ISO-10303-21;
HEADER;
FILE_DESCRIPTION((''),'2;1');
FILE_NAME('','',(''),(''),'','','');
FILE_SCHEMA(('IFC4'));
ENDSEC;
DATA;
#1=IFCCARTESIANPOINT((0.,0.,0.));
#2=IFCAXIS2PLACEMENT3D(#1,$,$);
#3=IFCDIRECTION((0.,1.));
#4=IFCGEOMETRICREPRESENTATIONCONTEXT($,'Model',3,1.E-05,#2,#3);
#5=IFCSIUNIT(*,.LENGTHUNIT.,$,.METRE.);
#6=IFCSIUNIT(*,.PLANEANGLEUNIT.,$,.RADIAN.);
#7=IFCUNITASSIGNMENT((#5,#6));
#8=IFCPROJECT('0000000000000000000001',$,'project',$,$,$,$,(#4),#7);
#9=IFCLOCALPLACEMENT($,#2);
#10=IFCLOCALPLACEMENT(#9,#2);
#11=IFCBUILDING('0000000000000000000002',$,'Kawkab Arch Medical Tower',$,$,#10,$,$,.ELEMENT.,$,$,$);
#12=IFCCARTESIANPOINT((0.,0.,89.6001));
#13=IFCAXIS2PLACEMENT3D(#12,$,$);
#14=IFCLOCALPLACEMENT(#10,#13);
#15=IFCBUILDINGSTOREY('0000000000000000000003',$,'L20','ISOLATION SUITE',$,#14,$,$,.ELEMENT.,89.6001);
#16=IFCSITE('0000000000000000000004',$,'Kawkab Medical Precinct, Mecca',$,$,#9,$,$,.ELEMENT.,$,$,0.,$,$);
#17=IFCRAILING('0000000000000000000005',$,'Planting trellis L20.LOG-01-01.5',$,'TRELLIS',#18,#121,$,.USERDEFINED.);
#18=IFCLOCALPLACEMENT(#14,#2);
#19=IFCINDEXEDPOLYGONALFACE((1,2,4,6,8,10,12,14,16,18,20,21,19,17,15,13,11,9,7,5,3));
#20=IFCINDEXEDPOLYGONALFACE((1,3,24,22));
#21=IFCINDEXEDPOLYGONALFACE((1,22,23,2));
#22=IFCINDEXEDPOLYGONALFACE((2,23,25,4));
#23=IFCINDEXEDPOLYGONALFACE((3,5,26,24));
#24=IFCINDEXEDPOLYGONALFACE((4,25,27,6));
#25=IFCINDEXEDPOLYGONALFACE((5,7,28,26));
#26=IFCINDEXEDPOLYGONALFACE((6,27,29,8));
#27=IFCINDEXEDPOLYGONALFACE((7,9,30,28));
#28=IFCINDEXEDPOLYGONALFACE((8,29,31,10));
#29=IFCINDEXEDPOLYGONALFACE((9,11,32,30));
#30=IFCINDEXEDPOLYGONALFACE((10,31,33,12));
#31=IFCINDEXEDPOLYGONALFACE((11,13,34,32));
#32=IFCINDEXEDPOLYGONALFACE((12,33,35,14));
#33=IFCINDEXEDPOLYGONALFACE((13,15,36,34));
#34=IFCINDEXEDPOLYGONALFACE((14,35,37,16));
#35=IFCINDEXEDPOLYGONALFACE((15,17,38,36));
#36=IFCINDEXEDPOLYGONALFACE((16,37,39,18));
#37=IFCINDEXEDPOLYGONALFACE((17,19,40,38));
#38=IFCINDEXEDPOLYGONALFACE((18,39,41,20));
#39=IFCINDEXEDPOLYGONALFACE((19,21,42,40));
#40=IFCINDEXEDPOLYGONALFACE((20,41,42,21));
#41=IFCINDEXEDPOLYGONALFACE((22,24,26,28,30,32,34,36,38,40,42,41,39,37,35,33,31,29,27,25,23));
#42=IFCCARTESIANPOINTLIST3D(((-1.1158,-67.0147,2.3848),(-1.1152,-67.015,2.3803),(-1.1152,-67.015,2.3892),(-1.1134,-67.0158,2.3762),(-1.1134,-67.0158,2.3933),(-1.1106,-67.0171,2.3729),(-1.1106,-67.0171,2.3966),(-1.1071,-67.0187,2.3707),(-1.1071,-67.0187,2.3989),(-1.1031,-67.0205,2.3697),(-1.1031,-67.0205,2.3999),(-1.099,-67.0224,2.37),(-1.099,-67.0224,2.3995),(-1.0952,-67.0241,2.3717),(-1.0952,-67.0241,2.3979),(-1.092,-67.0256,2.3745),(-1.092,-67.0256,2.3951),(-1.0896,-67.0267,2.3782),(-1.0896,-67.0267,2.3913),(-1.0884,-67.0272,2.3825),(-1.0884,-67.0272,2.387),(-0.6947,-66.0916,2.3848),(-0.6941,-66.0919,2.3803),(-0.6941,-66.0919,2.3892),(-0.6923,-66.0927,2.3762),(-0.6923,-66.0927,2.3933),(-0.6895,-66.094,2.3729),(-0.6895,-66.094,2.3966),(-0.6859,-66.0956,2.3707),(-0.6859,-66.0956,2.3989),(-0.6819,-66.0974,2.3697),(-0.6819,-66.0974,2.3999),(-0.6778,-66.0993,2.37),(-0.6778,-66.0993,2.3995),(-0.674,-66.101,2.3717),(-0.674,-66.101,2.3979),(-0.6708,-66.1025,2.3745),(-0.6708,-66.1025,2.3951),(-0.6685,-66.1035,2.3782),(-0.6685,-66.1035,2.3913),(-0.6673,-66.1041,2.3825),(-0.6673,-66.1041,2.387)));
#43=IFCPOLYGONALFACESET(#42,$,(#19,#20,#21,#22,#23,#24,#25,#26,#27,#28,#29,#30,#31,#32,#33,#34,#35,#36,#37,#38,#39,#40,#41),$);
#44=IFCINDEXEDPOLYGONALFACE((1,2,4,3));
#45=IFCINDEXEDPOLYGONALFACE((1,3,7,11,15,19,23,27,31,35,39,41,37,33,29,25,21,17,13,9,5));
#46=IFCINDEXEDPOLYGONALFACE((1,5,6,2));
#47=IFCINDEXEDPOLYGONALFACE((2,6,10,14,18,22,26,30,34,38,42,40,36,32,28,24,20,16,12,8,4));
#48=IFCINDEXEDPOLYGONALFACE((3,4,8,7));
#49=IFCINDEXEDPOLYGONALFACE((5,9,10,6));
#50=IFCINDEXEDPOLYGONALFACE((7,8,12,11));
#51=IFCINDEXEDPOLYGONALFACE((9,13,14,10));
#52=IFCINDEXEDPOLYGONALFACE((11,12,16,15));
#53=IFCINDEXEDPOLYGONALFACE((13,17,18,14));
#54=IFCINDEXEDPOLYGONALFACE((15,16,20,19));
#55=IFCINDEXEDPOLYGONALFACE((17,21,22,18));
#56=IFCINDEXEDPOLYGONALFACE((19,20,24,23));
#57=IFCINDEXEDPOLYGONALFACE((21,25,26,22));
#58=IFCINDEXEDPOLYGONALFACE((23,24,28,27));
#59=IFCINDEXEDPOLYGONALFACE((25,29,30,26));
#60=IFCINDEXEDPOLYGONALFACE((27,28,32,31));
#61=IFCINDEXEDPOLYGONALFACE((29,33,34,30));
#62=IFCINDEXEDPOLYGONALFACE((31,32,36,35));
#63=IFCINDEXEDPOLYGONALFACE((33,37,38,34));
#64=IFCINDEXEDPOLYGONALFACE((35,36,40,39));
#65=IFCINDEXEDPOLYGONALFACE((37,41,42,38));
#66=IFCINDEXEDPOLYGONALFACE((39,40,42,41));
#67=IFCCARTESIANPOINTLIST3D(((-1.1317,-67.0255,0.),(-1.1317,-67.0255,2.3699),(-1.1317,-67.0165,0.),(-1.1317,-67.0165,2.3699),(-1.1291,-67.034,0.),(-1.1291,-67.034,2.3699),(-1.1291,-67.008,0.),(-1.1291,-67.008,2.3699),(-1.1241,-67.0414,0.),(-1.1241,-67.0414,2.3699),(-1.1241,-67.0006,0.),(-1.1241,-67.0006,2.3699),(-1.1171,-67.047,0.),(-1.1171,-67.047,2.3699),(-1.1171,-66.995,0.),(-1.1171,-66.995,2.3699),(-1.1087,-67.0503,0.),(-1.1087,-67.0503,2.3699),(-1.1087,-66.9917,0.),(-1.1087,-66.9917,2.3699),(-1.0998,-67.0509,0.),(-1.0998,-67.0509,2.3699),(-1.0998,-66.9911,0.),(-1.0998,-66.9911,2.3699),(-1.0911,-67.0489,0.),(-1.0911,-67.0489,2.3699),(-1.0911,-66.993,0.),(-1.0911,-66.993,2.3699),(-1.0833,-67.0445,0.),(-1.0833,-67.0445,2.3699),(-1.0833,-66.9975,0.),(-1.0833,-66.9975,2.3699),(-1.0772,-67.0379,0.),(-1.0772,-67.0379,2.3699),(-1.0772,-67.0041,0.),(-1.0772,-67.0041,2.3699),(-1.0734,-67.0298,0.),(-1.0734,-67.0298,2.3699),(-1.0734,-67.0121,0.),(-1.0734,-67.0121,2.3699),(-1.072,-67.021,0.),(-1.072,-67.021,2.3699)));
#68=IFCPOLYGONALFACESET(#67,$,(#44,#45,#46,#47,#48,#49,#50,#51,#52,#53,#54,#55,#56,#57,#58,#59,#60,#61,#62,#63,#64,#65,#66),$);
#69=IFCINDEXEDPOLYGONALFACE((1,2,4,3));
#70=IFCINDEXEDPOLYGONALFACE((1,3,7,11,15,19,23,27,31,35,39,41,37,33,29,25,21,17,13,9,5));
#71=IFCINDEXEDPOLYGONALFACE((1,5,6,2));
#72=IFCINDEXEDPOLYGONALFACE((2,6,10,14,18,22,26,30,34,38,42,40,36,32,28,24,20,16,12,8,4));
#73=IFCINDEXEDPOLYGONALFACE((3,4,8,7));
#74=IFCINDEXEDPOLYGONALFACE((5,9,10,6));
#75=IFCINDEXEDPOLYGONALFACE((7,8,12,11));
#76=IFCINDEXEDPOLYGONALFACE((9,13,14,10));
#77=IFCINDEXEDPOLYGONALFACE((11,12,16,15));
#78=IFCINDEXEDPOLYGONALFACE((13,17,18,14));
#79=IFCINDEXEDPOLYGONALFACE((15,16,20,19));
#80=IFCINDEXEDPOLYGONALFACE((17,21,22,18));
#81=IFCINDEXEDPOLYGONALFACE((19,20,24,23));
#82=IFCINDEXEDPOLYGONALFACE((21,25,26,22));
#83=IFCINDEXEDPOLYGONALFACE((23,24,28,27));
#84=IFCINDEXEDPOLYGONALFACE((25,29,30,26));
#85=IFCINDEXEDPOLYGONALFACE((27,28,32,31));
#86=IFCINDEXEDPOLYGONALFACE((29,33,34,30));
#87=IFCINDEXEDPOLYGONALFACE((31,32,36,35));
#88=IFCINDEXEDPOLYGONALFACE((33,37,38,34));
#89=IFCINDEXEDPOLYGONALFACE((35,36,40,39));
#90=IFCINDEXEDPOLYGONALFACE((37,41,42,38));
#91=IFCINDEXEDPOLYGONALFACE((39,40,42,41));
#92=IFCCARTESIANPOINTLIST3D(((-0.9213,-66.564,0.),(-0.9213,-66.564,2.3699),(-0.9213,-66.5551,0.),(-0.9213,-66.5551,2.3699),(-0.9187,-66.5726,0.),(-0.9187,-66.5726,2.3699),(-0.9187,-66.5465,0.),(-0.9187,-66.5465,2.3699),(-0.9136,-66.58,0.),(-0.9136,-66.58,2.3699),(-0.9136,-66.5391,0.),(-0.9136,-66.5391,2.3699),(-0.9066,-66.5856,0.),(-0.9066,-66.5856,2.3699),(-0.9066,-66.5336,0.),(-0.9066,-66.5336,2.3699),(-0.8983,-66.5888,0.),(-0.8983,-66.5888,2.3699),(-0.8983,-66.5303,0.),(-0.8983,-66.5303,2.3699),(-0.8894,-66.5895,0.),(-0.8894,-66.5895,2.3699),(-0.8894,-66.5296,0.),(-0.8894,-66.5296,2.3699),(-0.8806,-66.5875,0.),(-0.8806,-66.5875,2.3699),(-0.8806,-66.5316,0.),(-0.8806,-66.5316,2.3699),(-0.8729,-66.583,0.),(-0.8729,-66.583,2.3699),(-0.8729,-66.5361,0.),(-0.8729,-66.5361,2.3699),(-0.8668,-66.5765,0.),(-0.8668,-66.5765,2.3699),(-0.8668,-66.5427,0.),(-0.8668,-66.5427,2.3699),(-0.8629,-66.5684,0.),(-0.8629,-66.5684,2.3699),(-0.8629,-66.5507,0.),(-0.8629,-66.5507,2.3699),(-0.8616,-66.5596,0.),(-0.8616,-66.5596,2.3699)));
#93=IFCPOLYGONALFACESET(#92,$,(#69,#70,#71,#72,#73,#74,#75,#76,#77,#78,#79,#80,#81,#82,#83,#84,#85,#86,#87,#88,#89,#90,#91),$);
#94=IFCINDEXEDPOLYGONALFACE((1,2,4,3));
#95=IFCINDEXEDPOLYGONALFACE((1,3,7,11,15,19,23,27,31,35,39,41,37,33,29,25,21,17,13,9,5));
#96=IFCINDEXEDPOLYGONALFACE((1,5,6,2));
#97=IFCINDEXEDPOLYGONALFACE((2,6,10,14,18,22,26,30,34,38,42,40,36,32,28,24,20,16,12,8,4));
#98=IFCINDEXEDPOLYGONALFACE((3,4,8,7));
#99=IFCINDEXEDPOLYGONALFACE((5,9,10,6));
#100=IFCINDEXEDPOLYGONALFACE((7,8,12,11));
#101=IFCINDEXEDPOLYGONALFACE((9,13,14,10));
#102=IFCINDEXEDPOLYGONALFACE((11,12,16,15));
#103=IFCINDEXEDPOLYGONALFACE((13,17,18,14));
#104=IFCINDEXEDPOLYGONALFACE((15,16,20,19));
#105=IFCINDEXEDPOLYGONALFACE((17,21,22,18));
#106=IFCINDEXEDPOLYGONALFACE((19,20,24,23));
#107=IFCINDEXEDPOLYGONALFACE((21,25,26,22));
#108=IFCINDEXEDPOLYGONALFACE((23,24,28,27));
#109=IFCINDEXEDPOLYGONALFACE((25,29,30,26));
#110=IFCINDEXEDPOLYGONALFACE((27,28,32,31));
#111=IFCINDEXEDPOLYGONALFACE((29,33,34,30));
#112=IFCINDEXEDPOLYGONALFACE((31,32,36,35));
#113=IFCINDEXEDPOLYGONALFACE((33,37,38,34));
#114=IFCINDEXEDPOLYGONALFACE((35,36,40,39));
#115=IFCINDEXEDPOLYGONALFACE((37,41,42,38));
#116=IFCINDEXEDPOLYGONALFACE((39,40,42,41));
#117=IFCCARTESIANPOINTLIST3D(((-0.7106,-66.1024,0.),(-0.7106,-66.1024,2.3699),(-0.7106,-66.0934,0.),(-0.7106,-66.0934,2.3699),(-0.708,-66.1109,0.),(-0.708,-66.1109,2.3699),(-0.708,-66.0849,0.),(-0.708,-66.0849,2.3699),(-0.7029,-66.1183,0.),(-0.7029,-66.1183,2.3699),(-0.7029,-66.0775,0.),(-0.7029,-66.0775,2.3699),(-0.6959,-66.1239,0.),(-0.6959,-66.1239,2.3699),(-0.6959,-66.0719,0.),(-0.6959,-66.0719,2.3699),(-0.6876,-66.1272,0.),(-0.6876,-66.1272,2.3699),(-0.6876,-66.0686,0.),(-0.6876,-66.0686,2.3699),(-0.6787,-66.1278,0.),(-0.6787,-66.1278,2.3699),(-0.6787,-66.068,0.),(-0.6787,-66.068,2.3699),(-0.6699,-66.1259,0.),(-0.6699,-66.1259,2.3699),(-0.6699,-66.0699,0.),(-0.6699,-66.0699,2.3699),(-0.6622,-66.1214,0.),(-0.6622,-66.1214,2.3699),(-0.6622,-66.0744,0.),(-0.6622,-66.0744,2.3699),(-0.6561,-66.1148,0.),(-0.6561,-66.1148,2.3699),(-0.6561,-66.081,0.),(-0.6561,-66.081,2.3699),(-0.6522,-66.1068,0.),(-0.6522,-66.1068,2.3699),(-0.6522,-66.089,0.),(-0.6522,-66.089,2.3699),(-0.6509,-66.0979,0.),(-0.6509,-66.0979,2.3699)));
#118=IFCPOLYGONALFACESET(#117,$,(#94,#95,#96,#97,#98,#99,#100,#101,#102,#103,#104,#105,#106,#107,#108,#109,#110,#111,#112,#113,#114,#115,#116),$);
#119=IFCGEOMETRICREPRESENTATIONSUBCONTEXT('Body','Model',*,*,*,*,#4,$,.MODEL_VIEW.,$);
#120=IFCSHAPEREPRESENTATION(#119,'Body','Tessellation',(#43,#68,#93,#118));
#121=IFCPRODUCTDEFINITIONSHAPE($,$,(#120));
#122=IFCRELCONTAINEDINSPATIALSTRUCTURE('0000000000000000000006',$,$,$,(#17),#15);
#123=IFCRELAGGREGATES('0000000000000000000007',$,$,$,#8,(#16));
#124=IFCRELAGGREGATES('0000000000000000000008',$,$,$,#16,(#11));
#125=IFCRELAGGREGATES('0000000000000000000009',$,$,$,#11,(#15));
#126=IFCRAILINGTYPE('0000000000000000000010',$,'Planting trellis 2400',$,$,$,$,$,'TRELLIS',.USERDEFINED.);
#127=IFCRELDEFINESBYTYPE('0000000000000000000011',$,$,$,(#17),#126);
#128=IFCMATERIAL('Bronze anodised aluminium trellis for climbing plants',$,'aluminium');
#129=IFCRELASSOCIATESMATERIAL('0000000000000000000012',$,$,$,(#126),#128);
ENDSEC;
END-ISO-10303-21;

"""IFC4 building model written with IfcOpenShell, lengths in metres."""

from ifc_helpers import new_model, si_unit, direction, frame, origin, origin_2d, place, context, subcontext, project, spatial, circle, extrude, material, type_object, element, save


model = new_model("IFC4")

# Units and contexts
model_context = context("Model", 3, precision=1e-05, world=origin(), true_north=direction((0.0, 1.0)))
body_context = subcontext(model_context, "Body", "Model", "MODEL_VIEW")
ifc_project = project(units=[si_unit("LENGTHUNIT", "METRE"), si_unit("PLANEANGLEUNIT", "RADIAN")], contexts=[model_context])

# Site, building, storey
site_placement = place(None, origin())
site = spatial("IfcSite", under=ifc_project, at=site_placement, Name="Kawkab Medical Precinct, Mecca", CompositionType="ELEMENT", RefElevation=0.0)
building_placement = place(site_placement, origin())
building = spatial("IfcBuilding", under=site, at=building_placement, Name="Kawkab Arch Medical Tower", CompositionType="ELEMENT")
storey_placement = place(building_placement, frame((0.0, 0.0, 89.6001)))
storey = spatial("IfcBuildingStorey", under=building, at=storey_placement, Name="L20", Description="ISOLATION SUITE", CompositionType="ELEMENT", Elevation=89.6001)

# Railing
ifc_material_1 = material(Name="Bronze anodised aluminium trellis for climbing plants", Category="aluminium")
railing_type = type_object("IfcRailingType", Name="Planting trellis 2400", ElementType="TRELLIS", PredefinedType="USERDEFINED", material=ifc_material_1)
railing_1_placement = place(storey_placement, frame((-1.1021, -67.021, 0.0)))
element("IfcRailing", 1, at=railing_1_placement, inside=storey, type_object=railing_type, Name="Planting trellis L20.LOG-01-01.5", ObjectType="TRELLIS", PredefinedType="USERDEFINED", context=body_context, shape_type="SweptSolid", body=[
    extrude(circle(Radius=0.0151, at=origin_2d()), frame((0.0, 0.0, 2.3848), z_axis=(0.415072, 0.909789, 0.0), x_axis=(-0.909789, 0.415072, 0.0)), (0.0, 0.0, 1.0), 1.0146),
    extrude(circle(Radius=0.03, at=origin_2d()), origin(), (0.0, 0.0, 1.0), 2.3699),
    extrude(circle(Radius=0.03, at=origin_2d()), frame((0.2104, 0.4614, 0.0)), (0.0, 0.0, 1.0), 2.3699),
    extrude(circle(Radius=0.03, at=origin_2d()), frame((0.4211, 0.9231, 0.0)), (0.0, 0.0, 1.0), 2.3699),
])

save(model, "model.ifc")
